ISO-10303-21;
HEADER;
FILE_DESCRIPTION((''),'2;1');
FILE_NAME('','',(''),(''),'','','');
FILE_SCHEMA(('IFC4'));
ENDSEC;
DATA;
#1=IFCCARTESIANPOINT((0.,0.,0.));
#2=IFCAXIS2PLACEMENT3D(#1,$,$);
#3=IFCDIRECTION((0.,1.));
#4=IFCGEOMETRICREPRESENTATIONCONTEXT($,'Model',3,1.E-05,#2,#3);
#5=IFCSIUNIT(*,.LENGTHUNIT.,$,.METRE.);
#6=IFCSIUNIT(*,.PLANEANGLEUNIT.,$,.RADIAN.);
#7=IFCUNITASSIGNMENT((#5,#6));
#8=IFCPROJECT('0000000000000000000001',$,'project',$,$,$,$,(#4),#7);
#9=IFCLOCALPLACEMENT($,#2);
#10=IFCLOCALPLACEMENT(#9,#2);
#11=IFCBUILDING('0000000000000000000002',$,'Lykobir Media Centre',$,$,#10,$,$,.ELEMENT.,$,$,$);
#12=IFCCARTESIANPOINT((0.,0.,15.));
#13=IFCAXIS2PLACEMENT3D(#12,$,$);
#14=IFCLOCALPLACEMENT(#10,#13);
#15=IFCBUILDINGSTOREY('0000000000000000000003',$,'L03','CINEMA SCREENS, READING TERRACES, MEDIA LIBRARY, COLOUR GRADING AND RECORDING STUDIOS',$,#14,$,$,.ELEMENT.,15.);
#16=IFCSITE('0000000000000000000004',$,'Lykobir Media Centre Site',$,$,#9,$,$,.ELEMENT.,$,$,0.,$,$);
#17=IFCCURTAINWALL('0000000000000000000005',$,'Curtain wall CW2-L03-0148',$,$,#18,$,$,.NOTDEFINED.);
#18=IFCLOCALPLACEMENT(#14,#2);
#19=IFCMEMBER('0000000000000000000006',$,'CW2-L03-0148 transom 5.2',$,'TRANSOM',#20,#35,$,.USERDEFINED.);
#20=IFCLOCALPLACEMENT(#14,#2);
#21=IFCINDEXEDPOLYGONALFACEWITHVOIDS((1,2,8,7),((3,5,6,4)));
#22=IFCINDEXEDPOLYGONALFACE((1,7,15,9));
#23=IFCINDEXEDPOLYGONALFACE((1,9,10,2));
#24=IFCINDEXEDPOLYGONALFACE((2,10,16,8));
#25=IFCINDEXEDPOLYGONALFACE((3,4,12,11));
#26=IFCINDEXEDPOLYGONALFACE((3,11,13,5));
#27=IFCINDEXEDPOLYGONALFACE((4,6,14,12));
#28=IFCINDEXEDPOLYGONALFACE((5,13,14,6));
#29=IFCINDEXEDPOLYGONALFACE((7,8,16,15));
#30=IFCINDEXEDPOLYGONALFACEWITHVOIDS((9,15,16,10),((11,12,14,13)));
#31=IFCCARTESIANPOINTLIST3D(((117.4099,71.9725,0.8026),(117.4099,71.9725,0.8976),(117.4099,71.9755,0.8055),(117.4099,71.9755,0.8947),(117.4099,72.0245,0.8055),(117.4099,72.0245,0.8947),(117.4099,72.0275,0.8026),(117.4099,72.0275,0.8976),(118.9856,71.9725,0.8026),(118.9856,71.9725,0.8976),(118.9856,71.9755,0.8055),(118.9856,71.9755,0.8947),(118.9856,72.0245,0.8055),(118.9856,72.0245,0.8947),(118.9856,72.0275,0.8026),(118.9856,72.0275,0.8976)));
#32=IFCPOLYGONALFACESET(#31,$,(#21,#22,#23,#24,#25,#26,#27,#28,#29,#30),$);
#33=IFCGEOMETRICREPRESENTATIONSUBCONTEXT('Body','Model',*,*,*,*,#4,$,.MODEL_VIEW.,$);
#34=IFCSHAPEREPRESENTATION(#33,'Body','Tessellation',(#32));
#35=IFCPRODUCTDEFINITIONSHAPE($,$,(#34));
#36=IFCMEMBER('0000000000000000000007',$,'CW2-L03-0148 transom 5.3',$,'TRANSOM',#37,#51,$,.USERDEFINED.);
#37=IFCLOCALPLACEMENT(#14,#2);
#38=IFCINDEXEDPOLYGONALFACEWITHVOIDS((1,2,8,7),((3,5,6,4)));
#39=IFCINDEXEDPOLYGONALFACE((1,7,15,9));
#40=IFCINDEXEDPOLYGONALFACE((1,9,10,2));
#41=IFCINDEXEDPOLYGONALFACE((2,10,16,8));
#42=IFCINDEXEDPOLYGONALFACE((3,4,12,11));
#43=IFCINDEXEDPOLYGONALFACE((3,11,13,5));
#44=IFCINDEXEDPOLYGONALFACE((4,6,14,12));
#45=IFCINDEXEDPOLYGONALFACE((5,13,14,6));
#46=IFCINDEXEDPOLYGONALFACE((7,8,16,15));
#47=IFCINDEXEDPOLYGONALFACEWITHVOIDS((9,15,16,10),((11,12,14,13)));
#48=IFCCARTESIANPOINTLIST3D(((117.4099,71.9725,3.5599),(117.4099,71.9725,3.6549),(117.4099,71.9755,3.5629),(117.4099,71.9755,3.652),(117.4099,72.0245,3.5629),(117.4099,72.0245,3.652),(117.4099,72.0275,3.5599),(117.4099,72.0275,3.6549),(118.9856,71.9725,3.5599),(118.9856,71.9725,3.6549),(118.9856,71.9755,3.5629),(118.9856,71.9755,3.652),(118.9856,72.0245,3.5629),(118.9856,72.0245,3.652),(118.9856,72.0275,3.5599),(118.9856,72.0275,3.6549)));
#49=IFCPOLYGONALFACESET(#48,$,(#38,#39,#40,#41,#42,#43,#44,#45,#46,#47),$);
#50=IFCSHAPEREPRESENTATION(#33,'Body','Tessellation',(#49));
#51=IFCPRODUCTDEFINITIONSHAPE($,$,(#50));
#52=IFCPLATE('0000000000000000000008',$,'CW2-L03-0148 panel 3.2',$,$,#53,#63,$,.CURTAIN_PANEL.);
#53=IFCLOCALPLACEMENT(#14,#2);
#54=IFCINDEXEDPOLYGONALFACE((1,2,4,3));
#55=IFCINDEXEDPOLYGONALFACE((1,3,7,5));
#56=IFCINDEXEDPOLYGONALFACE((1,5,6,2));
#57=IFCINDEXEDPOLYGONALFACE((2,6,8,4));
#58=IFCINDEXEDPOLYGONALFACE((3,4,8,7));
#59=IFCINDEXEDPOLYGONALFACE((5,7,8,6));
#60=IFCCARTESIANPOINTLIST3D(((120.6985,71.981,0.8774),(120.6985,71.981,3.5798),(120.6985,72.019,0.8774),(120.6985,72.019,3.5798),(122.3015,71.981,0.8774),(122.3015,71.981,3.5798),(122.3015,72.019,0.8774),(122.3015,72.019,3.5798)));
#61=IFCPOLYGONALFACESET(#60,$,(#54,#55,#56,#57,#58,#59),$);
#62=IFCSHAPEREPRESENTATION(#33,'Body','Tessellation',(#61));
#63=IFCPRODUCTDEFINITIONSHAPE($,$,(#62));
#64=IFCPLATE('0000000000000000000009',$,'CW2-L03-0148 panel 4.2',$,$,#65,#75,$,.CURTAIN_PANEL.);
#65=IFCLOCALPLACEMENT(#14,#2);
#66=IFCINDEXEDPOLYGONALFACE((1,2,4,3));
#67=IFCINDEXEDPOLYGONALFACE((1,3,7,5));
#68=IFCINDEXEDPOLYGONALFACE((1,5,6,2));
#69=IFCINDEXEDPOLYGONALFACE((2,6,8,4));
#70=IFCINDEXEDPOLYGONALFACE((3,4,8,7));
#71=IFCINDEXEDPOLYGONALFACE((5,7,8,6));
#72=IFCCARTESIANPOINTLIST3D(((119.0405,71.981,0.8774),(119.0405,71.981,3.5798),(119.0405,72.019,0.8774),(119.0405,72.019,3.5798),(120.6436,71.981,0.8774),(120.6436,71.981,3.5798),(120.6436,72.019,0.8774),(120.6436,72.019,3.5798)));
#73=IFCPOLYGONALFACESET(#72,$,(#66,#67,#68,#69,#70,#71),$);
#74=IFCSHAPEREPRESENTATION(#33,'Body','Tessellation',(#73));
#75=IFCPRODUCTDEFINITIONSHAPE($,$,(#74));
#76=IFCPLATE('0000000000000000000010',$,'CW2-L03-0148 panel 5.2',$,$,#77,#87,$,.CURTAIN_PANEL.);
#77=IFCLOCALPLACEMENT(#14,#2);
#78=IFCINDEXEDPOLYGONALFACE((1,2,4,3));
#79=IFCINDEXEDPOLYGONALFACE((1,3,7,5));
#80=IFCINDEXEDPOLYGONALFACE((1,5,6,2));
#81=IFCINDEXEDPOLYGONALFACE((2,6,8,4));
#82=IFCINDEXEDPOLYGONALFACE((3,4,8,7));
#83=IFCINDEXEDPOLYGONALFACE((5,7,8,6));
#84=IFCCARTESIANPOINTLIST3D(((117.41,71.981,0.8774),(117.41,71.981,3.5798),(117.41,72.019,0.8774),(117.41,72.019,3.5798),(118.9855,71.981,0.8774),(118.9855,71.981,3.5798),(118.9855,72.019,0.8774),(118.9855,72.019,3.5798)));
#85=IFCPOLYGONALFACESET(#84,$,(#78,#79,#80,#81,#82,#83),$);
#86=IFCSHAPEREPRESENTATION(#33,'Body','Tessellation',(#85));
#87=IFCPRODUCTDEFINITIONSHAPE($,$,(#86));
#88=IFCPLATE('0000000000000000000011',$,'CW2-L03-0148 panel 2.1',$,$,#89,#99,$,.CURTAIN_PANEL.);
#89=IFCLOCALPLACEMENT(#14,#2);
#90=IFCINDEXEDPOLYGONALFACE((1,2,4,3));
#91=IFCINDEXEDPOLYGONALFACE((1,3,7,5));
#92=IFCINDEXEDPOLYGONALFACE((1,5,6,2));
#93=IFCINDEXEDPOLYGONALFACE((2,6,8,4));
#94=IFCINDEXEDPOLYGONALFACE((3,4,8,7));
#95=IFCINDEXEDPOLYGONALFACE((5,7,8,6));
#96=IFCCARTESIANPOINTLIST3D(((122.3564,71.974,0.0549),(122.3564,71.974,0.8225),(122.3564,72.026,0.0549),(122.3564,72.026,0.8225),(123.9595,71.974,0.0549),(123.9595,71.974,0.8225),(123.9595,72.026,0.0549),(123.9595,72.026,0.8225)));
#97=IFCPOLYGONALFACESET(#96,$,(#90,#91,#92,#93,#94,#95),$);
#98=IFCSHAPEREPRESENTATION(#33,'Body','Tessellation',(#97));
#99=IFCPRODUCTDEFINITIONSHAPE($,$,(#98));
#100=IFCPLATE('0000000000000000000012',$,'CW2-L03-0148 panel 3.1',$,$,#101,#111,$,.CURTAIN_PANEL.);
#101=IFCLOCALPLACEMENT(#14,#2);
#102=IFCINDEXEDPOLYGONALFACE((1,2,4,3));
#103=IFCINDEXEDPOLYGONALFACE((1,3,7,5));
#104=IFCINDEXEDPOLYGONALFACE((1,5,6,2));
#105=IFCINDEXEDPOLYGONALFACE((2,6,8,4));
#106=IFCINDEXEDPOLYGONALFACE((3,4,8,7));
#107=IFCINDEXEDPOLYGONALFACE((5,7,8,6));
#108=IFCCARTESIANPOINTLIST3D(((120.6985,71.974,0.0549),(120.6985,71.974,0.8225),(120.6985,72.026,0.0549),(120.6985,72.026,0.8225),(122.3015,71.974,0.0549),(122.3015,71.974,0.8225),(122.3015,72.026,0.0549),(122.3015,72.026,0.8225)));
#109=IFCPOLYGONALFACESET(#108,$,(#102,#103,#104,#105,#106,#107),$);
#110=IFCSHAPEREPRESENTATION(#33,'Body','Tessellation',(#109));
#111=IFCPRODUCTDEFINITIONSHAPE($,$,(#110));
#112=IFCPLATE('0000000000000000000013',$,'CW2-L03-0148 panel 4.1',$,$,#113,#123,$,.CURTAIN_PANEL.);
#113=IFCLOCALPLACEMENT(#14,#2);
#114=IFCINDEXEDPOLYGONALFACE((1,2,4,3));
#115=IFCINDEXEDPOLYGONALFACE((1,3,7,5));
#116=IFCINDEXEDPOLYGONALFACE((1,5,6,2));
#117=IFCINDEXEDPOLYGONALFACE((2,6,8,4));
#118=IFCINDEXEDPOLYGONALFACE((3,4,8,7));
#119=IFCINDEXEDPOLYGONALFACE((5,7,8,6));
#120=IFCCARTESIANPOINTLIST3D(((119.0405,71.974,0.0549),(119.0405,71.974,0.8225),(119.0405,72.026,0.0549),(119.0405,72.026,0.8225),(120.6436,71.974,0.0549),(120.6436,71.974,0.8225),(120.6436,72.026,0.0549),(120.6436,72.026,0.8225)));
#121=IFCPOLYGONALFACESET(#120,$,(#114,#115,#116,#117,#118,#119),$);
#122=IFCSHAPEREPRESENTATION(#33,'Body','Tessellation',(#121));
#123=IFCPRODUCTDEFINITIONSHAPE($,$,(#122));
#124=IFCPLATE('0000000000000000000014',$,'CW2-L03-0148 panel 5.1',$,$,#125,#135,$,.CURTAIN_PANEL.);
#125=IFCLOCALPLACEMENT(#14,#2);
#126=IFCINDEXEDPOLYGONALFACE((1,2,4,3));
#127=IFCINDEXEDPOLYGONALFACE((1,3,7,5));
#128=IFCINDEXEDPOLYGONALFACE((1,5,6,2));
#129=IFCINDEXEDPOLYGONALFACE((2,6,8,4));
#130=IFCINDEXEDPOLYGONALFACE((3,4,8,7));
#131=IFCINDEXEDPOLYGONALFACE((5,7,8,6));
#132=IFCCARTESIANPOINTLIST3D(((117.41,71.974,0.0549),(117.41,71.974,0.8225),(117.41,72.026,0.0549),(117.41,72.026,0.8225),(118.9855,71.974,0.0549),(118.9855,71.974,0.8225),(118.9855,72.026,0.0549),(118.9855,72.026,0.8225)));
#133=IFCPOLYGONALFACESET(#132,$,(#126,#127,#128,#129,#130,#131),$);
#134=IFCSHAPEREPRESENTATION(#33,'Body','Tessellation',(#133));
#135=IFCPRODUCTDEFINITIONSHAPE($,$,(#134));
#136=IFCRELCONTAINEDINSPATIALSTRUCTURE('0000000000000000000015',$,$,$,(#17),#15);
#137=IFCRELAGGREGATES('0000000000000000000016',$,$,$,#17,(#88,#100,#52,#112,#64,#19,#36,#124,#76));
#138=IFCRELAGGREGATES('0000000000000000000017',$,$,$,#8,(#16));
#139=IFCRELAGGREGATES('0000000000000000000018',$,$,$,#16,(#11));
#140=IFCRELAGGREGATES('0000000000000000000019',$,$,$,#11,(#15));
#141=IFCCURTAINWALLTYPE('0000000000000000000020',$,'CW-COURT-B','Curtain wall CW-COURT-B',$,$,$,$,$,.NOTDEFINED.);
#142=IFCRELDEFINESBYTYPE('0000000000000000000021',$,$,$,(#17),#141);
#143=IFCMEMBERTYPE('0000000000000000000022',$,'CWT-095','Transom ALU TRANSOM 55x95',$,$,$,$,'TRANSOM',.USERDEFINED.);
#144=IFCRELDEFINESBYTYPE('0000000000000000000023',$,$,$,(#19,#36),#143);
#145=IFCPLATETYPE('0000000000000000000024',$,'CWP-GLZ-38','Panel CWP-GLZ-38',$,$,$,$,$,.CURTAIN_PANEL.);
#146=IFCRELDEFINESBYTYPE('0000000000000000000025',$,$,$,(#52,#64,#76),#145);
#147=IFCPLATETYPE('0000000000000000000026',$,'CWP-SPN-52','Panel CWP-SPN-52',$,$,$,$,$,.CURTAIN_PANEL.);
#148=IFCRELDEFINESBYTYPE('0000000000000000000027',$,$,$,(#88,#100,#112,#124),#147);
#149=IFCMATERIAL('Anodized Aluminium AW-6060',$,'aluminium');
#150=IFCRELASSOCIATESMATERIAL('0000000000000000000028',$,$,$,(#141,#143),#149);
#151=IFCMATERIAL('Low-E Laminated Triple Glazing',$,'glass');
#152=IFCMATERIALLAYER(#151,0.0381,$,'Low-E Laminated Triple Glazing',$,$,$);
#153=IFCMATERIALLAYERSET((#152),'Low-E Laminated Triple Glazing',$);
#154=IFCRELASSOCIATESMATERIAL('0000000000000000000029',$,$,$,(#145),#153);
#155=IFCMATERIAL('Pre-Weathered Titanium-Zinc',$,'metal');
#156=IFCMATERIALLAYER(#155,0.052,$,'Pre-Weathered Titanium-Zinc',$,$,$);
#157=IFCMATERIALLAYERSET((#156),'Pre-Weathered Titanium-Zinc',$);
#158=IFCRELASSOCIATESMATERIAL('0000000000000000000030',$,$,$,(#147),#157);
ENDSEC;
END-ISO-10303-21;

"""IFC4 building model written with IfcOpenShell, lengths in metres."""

from ifc_helpers import new_model, si_unit, direction, frame, origin, origin_2d, place, context, subcontext, project, spatial, rectangle, hollow_rectangle, extrude, material, layer, layer_set, material_profile, profile_set, type_object, element, aggregate, save


model = new_model("IFC4")

# Units and contexts
model_context = context("Model", 3, precision=1e-05, world=origin(), true_north=direction((0.0, 1.0)))
body_context = subcontext(model_context, "Body", "Model", "MODEL_VIEW")
ifc_project = project(units=[si_unit("LENGTHUNIT", "METRE"), si_unit("PLANEANGLEUNIT", "RADIAN")], contexts=[model_context])

# Site, building, storey
site_placement = place(None, origin())
site = spatial("IfcSite", under=ifc_project, at=site_placement, Name="Lykobir Media Centre Site", CompositionType="ELEMENT", RefElevation=0.0)
building_placement = place(site_placement, origin())
building = spatial("IfcBuilding", under=site, at=building_placement, Name="Lykobir Media Centre", CompositionType="ELEMENT")
storey_placement = place(building_placement, frame((0.0, 0.0, 15.0)))
storey = spatial("IfcBuildingStorey", under=building, at=storey_placement, Name="L03", Description="CINEMA SCREENS, READING TERRACES, MEDIA LIBRARY, COLOUR GRADING AND RECORDING STUDIOS", CompositionType="ELEMENT", Elevation=15.0)

# Curtain wall, members, plates
ifc_material_1 = material(Name="Anodized Aluminium AW-6060", Category="aluminium")
curtain_wall_type = type_object("IfcCurtainWallType", Name="CW-COURT-B", Description="Curtain wall CW-COURT-B", PredefinedType="NOTDEFINED", material=ifc_material_1)
curtain_wall_placement = place(storey_placement, origin())
curtain_wall = element("IfcCurtainWall", 1, at=curtain_wall_placement, inside=storey, type_object=curtain_wall_type, Name="Curtain wall CW2-L03-0148", PredefinedType="NOTDEFINED")
ifc_material_profile_1 = material_profile(ifc_material_1, hollow_rectangle(XDim=0.0549, YDim=0.095, WallThickness=0.0029, at=origin_2d()), Name="ALU TRANSOM 55x95")
ifc_profile_set_1 = profile_set([ifc_material_profile_1], Name="Anodized Aluminium AW-6060")
member_type_1 = type_object("IfcMemberType", Name="CWT-095", Description="Transom ALU TRANSOM 55x95", ElementType="TRANSOM", PredefinedType="USERDEFINED", material=ifc_profile_set_1)
member_1_placement = place(storey_placement, frame((118.9856, 72.0, 0.8501), z_axis=(-1.0, 0.0, 0.0), x_axis=(0.0, -1.0, 0.0)))
member_1 = element("IfcMember", 2, at=member_1_placement, type_object=member_type_1, Name="CW2-L03-0148 transom 5.2", ObjectType="TRANSOM", PredefinedType="USERDEFINED", context=body_context, shape_type="SweptSolid", body=[
    extrude(hollow_rectangle(XDim=0.0549, YDim=0.095, WallThickness=0.0029, at=origin_2d()), origin(), (0.0, 0.0, 1.0), 1.5757),
])
member_2_placement = place(storey_placement, frame((118.9856, 72.0, 3.6074), z_axis=(-1.0, 0.0, 0.0), x_axis=(0.0, -1.0, 0.0)))
member_2 = element("IfcMember", 3, at=member_2_placement, type_object=member_type_1, Name="CW2-L03-0148 transom 5.3", ObjectType="TRANSOM", PredefinedType="USERDEFINED", context=body_context, shape_type="SweptSolid", body=[
    extrude(hollow_rectangle(XDim=0.0549, YDim=0.095, WallThickness=0.0029, at=origin_2d()), origin(), (0.0, 0.0, 1.0), 1.5757),
])
ifc_material_2 = material(Name="Low-E Laminated Triple Glazing", Category="glass")
ifc_layer_1 = layer(ifc_material_2, 0.0381, Name="Low-E Laminated Triple Glazing")
ifc_layer_set_1 = layer_set([ifc_layer_1], Name="Low-E Laminated Triple Glazing")
plate_type_1 = type_object("IfcPlateType", Name="CWP-GLZ-38", Description="Panel CWP-GLZ-38", PredefinedType="CURTAIN_PANEL", material=ifc_layer_set_1)
plate_1_placement = place(storey_placement, frame((121.5, 72.0, 0.8774), z_axis=(0.0, 0.0, 1.0), x_axis=(-1.0, 0.0, 0.0)))
plate_1 = element("IfcPlate", 4, at=plate_1_placement, type_object=plate_type_1, Name="CW2-L03-0148 panel 3.2", PredefinedType="CURTAIN_PANEL", context=body_context, shape_type="SweptSolid", body=[
    extrude(rectangle(XDim=1.603, YDim=0.0381, at=origin_2d()), origin(), (0.0, 0.0, 1.0), 2.7024),
])
plate_2_placement = place(storey_placement, frame((119.842, 72.0, 0.8774), z_axis=(0.0, 0.0, 1.0), x_axis=(-1.0, 0.0, 0.0)))
plate_2 = element("IfcPlate", 5, at=plate_2_placement, type_object=plate_type_1, Name="CW2-L03-0148 panel 4.2", PredefinedType="CURTAIN_PANEL", context=body_context, shape_type="SweptSolid", body=[
    extrude(rectangle(XDim=1.603, YDim=0.0381, at=origin_2d()), origin(), (0.0, 0.0, 1.0), 2.7024),
])
plate_3_placement = place(storey_placement, frame((118.1978, 72.0, 0.8774), z_axis=(0.0, 0.0, 1.0), x_axis=(-1.0, 0.0, 0.0)))
plate_3 = element("IfcPlate", 6, at=plate_3_placement, type_object=plate_type_1, Name="CW2-L03-0148 panel 5.2", PredefinedType="CURTAIN_PANEL", context=body_context, shape_type="SweptSolid", body=[
    extrude(rectangle(XDim=1.5754, YDim=0.0381, at=origin_2d()), origin(), (0.0, 0.0, 1.0), 2.7024),
])
ifc_material_3 = material(Name="Pre-Weathered Titanium-Zinc", Category="metal")
ifc_layer_2 = layer(ifc_material_3, 0.052, Name="Pre-Weathered Titanium-Zinc")
ifc_layer_set_2 = layer_set([ifc_layer_2], Name="Pre-Weathered Titanium-Zinc")
plate_type_2 = type_object("IfcPlateType", Name="CWP-SPN-52", Description="Panel CWP-SPN-52", PredefinedType="CURTAIN_PANEL", material=ifc_layer_set_2)
plate_4_placement = place(storey_placement, frame((123.158, 72.0, 0.0549), z_axis=(0.0, 0.0, 1.0), x_axis=(-1.0, 0.0, 0.0)))
plate_4 = element("IfcPlate", 7, at=plate_4_placement, type_object=plate_type_2, Name="CW2-L03-0148 panel 2.1", PredefinedType="CURTAIN_PANEL", context=body_context, shape_type="SweptSolid", body=[
    extrude(rectangle(XDim=1.603, YDim=0.052, at=origin_2d()), origin(), (0.0, 0.0, 1.0), 0.7676),
])
plate_5_placement = place(storey_placement, frame((121.5, 72.0, 0.0549), z_axis=(0.0, 0.0, 1.0), x_axis=(-1.0, 0.0, 0.0)))
plate_5 = element("IfcPlate", 8, at=plate_5_placement, type_object=plate_type_2, Name="CW2-L03-0148 panel 3.1", PredefinedType="CURTAIN_PANEL", context=body_context, shape_type="SweptSolid", body=[
    extrude(rectangle(XDim=1.603, YDim=0.052, at=origin_2d()), origin(), (0.0, 0.0, 1.0), 0.7676),
])
plate_6_placement = place(storey_placement, frame((119.842, 72.0, 0.0549), z_axis=(0.0, 0.0, 1.0), x_axis=(-1.0, 0.0, 0.0)))
plate_6 = element("IfcPlate", 9, at=plate_6_placement, type_object=plate_type_2, Name="CW2-L03-0148 panel 4.1", PredefinedType="CURTAIN_PANEL", context=body_context, shape_type="SweptSolid", body=[
    extrude(rectangle(XDim=1.603, YDim=0.052, at=origin_2d()), origin(), (0.0, 0.0, 1.0), 0.7676),
])
plate_7_placement = place(storey_placement, frame((118.1978, 72.0, 0.0549), z_axis=(0.0, 0.0, 1.0), x_axis=(-1.0, 0.0, 0.0)))
plate_7 = element("IfcPlate", 10, at=plate_7_placement, type_object=plate_type_2, Name="CW2-L03-0148 panel 5.1", PredefinedType="CURTAIN_PANEL", context=body_context, shape_type="SweptSolid", body=[
    extrude(rectangle(XDim=1.5754, YDim=0.052, at=origin_2d()), origin(), (0.0, 0.0, 1.0), 0.7676),
])
aggregate(curtain_wall, [plate_4, plate_5, plate_1, plate_6, plate_2, member_1, member_2, plate_7, plate_3])

save(model, "model.ifc")
